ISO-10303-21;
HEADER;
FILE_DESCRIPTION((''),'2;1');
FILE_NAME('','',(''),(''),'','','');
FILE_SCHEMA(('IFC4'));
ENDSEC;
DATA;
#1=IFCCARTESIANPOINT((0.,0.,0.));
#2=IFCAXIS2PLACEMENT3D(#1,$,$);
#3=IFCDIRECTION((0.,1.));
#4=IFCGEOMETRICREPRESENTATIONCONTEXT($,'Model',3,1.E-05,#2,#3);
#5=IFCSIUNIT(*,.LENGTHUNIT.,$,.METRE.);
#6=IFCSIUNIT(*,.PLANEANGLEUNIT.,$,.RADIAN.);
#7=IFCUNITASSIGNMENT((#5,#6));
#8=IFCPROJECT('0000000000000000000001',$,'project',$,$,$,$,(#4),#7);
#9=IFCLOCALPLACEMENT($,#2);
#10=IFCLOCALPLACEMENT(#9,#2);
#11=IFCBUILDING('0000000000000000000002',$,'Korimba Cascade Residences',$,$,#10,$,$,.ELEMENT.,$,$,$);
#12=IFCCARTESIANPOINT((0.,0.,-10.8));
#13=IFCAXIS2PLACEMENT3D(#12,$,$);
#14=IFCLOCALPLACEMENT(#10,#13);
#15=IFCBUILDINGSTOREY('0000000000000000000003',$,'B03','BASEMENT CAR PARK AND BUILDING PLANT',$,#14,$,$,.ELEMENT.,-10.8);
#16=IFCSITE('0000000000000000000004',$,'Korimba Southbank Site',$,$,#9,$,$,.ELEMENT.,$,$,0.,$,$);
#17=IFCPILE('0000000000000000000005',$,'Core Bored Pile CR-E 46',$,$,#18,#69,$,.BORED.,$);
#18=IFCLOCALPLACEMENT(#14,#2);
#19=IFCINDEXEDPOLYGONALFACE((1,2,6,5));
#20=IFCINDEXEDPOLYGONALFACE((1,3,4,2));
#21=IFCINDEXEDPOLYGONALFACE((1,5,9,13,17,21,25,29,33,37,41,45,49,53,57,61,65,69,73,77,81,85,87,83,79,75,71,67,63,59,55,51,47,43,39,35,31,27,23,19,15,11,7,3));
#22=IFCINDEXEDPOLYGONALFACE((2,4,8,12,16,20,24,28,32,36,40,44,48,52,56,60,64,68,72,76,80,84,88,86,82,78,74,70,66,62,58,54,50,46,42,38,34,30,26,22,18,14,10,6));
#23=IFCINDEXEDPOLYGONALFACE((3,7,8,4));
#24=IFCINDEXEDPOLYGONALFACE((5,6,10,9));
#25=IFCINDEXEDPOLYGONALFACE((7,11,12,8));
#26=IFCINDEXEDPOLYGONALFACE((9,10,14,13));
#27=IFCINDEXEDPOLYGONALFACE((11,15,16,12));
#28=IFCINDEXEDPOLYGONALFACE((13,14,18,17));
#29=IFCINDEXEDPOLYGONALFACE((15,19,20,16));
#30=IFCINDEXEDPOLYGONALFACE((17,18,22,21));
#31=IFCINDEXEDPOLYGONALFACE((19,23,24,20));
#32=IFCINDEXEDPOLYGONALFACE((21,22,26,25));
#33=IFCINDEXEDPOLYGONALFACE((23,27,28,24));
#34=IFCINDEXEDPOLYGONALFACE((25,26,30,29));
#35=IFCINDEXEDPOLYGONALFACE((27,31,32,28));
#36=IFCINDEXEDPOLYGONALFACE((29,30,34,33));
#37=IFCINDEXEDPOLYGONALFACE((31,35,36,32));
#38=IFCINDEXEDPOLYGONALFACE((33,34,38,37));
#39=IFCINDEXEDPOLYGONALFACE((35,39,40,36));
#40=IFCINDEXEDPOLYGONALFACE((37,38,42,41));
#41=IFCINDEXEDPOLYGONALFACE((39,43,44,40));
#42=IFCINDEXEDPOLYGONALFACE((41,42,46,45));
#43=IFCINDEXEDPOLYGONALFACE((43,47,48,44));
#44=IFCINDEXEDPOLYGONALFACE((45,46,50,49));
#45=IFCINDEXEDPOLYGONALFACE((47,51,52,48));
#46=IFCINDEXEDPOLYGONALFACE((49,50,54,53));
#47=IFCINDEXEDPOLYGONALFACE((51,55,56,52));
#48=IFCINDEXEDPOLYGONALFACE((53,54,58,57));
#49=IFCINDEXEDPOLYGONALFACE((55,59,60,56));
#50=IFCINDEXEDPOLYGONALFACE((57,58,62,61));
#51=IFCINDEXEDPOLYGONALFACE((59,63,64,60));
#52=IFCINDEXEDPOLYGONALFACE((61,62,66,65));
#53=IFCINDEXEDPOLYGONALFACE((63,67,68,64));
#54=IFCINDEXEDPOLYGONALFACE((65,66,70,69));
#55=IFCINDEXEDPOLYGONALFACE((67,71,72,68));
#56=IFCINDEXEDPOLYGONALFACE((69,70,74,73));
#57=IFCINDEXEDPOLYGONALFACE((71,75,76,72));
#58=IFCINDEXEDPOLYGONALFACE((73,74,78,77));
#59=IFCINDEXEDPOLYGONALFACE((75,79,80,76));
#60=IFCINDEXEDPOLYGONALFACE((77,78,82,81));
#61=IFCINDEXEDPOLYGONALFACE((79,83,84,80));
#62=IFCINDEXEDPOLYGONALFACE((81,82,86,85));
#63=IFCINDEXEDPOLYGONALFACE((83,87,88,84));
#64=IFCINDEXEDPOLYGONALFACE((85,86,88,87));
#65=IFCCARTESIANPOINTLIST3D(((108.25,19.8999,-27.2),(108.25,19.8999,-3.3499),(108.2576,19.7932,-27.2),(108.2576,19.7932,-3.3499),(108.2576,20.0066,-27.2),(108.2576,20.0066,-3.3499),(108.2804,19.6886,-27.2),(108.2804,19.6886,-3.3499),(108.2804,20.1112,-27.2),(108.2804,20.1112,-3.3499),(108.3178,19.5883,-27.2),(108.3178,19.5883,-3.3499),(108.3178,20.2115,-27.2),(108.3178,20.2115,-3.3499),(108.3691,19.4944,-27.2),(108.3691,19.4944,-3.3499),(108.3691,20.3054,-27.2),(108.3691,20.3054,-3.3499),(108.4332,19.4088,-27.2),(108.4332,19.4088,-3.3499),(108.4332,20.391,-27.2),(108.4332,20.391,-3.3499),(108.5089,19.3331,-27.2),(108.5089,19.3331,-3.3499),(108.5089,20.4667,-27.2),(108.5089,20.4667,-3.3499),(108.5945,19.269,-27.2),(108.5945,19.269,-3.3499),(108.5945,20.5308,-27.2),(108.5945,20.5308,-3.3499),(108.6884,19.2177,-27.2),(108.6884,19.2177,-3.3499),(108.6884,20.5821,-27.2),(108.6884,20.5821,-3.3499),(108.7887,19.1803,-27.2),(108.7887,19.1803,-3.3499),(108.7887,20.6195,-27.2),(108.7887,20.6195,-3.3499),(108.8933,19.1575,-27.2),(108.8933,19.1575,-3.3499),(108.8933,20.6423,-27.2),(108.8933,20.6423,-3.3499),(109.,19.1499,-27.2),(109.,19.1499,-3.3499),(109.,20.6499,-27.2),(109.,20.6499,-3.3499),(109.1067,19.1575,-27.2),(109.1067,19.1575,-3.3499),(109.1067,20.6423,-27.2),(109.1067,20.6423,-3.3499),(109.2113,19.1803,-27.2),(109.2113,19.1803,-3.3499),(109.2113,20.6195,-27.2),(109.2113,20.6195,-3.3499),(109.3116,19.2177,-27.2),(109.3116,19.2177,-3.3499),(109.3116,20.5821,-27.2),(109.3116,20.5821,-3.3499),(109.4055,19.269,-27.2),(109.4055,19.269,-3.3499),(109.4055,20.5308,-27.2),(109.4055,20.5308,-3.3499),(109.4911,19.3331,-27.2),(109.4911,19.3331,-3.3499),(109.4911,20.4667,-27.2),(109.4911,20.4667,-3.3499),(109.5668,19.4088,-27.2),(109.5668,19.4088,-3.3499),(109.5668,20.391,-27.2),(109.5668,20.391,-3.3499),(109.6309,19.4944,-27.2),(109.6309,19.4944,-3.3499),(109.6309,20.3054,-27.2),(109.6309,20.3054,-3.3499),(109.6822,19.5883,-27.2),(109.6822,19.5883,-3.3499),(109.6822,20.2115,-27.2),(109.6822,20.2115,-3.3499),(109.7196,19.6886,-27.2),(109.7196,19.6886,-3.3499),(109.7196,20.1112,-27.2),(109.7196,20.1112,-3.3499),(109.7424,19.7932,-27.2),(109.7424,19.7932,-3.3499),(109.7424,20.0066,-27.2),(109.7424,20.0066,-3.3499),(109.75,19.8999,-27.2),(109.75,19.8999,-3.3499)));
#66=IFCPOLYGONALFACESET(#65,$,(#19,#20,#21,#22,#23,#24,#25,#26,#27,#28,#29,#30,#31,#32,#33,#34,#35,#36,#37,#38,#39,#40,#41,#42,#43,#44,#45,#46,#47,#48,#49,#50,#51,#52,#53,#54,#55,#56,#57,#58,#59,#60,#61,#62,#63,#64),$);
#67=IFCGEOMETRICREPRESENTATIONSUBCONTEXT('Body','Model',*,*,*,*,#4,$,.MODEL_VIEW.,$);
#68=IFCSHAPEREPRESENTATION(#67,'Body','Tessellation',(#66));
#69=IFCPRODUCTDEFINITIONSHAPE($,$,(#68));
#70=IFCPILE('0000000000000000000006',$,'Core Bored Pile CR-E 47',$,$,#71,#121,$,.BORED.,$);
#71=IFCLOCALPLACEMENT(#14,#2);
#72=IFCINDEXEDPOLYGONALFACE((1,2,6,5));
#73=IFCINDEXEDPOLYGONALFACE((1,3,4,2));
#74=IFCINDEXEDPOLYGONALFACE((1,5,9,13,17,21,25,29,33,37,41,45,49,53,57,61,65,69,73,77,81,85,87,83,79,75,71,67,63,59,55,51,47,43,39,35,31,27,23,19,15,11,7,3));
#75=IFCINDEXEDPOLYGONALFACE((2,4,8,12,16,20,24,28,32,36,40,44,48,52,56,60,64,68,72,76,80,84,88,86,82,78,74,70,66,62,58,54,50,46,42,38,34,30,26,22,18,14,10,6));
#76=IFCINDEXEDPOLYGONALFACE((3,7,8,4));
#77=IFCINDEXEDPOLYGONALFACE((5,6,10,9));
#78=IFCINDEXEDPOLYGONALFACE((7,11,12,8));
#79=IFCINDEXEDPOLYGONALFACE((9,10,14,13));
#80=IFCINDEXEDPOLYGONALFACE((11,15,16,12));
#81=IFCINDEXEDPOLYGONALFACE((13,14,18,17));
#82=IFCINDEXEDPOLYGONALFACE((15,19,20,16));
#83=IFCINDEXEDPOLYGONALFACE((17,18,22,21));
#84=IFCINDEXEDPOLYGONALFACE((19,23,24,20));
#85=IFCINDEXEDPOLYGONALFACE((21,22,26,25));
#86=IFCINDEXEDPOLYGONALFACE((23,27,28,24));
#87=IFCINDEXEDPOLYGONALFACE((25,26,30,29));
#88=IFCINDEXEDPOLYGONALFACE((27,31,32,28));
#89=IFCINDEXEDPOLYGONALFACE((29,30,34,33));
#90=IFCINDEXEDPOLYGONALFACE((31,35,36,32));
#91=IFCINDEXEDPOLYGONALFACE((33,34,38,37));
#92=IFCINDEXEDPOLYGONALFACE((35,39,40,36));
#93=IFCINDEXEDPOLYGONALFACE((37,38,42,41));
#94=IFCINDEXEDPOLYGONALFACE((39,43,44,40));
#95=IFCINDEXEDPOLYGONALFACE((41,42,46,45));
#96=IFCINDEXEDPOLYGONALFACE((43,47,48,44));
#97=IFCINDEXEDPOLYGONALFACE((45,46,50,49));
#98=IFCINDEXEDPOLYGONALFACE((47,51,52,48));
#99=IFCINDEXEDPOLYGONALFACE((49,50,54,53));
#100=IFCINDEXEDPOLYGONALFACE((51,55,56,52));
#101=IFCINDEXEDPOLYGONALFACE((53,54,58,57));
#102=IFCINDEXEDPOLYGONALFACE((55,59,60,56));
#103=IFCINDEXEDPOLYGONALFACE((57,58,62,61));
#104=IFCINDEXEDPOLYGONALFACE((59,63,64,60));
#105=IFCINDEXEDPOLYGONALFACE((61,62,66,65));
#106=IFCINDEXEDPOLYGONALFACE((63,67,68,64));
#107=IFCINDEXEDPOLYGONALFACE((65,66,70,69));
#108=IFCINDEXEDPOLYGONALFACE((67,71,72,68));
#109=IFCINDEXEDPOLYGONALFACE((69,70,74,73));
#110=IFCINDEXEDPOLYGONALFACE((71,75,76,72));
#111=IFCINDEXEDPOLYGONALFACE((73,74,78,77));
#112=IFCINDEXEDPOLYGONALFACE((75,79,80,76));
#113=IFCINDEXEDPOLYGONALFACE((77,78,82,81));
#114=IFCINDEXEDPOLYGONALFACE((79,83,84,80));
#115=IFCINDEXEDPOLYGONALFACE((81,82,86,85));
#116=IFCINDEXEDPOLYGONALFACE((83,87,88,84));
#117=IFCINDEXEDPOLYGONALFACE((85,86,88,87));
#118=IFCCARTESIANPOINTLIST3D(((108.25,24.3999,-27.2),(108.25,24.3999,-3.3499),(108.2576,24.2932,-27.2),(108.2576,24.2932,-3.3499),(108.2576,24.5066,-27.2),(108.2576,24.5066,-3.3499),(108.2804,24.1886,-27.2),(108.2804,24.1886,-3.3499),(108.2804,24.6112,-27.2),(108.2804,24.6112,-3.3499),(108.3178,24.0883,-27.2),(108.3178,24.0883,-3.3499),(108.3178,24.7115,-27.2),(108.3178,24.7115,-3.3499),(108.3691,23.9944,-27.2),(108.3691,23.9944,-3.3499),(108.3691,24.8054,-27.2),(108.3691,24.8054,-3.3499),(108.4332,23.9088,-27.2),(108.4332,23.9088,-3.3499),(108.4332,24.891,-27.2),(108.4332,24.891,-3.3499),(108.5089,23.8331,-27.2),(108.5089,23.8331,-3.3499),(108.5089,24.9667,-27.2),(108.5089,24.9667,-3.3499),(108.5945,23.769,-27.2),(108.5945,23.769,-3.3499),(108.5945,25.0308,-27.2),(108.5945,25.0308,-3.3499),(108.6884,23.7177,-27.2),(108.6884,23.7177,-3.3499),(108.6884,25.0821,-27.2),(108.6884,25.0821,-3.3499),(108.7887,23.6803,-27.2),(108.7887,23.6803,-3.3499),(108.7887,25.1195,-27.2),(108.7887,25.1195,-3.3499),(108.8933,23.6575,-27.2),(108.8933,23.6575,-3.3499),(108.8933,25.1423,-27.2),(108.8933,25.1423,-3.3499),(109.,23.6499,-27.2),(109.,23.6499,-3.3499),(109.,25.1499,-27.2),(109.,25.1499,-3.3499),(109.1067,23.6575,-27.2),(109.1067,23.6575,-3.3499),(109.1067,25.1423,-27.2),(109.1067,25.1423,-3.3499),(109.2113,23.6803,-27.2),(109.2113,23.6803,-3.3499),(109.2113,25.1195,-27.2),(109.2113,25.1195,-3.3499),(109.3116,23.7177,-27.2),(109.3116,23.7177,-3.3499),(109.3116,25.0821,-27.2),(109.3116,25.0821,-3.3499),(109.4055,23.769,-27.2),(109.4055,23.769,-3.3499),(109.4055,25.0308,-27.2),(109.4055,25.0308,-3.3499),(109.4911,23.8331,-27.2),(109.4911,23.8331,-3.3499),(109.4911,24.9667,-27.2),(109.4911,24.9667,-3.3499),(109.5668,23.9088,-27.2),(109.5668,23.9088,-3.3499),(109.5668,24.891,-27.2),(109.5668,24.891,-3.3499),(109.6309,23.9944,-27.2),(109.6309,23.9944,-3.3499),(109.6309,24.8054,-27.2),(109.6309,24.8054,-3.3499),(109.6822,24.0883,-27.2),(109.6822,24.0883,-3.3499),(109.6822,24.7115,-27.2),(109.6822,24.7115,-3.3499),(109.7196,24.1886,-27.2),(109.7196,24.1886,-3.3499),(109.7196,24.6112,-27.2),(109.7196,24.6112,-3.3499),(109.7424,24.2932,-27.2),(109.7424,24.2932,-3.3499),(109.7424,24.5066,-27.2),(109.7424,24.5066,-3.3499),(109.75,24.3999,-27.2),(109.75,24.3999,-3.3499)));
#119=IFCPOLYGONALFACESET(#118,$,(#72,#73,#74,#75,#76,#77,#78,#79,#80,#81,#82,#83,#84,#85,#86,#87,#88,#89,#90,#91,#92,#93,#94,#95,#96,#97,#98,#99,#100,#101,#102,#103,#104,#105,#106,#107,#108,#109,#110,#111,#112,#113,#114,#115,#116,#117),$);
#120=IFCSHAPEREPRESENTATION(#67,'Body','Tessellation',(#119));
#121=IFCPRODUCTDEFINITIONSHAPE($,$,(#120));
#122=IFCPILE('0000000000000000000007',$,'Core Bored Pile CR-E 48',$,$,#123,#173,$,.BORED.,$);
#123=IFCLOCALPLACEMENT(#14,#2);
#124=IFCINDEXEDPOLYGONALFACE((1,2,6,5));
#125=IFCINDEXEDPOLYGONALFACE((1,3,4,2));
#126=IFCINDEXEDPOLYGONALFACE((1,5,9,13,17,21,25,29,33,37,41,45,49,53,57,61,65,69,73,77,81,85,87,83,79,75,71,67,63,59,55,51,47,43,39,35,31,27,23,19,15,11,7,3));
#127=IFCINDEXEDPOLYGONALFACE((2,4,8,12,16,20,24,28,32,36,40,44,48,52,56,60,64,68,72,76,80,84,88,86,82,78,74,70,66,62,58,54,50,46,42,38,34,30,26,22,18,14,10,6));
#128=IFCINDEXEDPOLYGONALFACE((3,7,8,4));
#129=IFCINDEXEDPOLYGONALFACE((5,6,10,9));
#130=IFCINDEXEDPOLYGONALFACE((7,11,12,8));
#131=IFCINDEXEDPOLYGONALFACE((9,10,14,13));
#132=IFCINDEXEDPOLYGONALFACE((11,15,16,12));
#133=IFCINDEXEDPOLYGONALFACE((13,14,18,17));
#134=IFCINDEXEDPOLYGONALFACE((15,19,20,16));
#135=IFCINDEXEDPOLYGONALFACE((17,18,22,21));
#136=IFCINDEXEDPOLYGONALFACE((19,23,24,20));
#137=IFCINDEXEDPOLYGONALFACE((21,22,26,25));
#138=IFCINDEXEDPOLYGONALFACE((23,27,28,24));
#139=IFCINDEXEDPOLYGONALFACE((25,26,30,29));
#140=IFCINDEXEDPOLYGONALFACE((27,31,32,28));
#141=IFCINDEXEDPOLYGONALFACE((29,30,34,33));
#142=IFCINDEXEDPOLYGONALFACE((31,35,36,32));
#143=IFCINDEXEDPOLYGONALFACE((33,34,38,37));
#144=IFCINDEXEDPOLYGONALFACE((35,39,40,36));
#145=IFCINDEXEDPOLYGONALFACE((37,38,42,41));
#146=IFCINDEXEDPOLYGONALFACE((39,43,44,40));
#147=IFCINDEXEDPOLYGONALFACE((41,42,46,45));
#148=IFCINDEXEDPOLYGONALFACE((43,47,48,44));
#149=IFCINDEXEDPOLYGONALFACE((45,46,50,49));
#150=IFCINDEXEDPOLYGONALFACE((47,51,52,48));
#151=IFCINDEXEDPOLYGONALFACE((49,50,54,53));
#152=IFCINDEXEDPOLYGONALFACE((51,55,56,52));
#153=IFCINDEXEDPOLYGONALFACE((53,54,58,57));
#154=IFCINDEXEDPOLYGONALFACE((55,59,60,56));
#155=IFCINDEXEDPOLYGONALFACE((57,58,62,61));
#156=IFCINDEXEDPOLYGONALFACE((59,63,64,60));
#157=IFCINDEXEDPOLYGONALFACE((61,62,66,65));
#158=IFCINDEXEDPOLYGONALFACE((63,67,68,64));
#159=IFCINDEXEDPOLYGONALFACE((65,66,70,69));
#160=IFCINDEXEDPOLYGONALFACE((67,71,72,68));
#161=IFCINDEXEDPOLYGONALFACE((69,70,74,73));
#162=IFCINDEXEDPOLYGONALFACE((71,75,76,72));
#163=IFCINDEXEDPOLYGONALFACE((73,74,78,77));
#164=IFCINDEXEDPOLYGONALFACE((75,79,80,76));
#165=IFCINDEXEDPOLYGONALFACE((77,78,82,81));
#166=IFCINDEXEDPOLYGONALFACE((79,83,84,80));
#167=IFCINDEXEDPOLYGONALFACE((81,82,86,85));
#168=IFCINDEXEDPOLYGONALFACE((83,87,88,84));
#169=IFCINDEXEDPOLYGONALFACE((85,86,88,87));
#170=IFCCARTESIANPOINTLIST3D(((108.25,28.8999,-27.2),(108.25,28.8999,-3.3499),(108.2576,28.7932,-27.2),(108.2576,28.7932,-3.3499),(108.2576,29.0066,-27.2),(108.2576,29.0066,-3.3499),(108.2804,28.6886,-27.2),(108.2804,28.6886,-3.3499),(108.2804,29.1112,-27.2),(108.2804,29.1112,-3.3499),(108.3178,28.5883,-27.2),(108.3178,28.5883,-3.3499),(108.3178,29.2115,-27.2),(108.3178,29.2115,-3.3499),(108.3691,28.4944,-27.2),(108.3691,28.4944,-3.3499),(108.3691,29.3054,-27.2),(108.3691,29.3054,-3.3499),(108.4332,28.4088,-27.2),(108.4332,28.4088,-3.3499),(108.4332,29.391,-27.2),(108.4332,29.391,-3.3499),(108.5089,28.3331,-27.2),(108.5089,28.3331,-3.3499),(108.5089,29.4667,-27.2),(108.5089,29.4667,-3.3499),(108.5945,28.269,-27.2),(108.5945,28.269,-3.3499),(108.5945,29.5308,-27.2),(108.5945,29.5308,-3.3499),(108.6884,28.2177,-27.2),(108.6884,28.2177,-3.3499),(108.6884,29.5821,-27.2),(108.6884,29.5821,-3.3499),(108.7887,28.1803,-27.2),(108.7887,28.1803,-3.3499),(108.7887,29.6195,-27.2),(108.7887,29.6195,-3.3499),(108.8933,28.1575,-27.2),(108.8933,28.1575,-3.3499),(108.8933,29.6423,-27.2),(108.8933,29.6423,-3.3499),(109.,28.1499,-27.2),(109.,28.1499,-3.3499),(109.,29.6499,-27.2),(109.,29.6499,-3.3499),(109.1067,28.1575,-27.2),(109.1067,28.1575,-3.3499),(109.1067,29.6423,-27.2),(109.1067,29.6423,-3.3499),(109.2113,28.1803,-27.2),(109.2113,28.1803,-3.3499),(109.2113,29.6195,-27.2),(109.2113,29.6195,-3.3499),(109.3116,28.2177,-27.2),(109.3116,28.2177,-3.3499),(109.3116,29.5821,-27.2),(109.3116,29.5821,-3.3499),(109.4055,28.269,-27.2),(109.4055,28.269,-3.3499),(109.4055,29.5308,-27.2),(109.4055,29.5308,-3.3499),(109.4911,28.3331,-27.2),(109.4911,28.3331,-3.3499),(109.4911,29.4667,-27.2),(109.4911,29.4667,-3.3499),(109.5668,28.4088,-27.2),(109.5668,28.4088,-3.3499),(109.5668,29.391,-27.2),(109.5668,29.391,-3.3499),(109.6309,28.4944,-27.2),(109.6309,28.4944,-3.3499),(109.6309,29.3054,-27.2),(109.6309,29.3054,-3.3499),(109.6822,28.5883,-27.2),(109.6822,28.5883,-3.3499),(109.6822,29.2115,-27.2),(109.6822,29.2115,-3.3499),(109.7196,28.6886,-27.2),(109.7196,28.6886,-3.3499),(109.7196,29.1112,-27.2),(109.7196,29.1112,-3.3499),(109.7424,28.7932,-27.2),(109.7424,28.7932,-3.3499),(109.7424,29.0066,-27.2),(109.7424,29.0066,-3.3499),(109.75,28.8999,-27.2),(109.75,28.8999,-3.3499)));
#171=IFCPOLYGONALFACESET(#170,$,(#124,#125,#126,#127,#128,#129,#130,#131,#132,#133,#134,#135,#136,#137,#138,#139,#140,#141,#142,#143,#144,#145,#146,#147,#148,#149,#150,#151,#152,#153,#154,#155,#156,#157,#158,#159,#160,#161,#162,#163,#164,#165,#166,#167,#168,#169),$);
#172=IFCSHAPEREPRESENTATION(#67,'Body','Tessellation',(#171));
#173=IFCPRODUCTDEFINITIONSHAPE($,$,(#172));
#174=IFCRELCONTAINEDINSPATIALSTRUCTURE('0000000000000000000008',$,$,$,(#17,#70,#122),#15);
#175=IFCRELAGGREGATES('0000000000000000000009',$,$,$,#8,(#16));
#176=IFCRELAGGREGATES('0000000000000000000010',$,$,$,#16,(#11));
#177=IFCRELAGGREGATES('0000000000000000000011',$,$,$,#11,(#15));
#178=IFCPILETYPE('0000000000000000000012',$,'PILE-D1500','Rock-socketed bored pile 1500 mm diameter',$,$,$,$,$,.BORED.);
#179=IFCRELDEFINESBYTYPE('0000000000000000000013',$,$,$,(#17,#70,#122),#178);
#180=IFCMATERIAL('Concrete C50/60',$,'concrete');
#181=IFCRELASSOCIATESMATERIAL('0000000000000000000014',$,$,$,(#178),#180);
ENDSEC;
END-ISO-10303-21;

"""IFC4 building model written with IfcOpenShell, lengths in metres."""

from ifc_helpers import new_model, si_unit, direction, frame, origin, origin_2d, place, context, subcontext, project, spatial, circle, extrude, material, material_profile, profile_set, type_object, element, save


model = new_model("IFC4")

# Units and contexts
model_context = context("Model", 3, precision=1e-05, world=origin(), true_north=direction((0.0, 1.0)))
body_context = subcontext(model_context, "Body", "Model", "MODEL_VIEW")
ifc_project = project(units=[si_unit("LENGTHUNIT", "METRE"), si_unit("PLANEANGLEUNIT", "RADIAN")], contexts=[model_context])

# Site, building, storey
site_placement = place(None, origin())
site = spatial("IfcSite", under=ifc_project, at=site_placement, Name="Korimba Southbank Site", CompositionType="ELEMENT", RefElevation=0.0)
building_placement = place(site_placement, origin())
building = spatial("IfcBuilding", under=site, at=building_placement, Name="Korimba Cascade Residences", CompositionType="ELEMENT")
storey_placement = place(building_placement, frame((0.0, 0.0, -10.8)))
storey = spatial("IfcBuildingStorey", under=building, at=storey_placement, Name="B03", Description="BASEMENT CAR PARK AND BUILDING PLANT", CompositionType="ELEMENT", Elevation=-10.8)

# Piles
ifc_material_1 = material(Name="Concrete C50/60", Category="concrete")
ifc_material_profile_1 = material_profile(ifc_material_1, circle(Radius=0.75, at=origin_2d()), Name="Concrete C50/60")
ifc_profile_set_1 = profile_set([ifc_material_profile_1], Name="Concrete C50/60")
pile_type_1 = type_object("IfcPileType", Name="PILE-D1500", Description="Rock-socketed bored pile 1500 mm diameter", PredefinedType="BORED", material=ifc_profile_set_1)
for number, where, z_axis, x_axis, name in (
    (1, (109.0, 19.8999, -3.3499), (0.0, 0.0, -1.0), (1.0, 0.0, 0.0), "Core Bored Pile CR-E 46"),
    (2, (109.0, 24.3999, -3.3499), (0.0, 0.0, -1.0), (1.0, 0.0, 0.0), "Core Bored Pile CR-E 47"),
    (3, (109.0, 28.8999, -3.3499), (0.0, 0.0, -1.0), (1.0, 0.0, 0.0), "Core Bored Pile CR-E 48"),
):
    element("IfcPile", number, at=place(storey_placement, frame(where, z_axis=z_axis, x_axis=x_axis)), inside=storey, type_object=pile_type_1, Name=name, PredefinedType="BORED", context=body_context, shape_type="SweptSolid", body=[
        extrude(circle(Radius=0.75, at=origin_2d()), origin(), (0.0, 0.0, 1.0), 23.8501),
    ])

save(model, "model.ifc")
